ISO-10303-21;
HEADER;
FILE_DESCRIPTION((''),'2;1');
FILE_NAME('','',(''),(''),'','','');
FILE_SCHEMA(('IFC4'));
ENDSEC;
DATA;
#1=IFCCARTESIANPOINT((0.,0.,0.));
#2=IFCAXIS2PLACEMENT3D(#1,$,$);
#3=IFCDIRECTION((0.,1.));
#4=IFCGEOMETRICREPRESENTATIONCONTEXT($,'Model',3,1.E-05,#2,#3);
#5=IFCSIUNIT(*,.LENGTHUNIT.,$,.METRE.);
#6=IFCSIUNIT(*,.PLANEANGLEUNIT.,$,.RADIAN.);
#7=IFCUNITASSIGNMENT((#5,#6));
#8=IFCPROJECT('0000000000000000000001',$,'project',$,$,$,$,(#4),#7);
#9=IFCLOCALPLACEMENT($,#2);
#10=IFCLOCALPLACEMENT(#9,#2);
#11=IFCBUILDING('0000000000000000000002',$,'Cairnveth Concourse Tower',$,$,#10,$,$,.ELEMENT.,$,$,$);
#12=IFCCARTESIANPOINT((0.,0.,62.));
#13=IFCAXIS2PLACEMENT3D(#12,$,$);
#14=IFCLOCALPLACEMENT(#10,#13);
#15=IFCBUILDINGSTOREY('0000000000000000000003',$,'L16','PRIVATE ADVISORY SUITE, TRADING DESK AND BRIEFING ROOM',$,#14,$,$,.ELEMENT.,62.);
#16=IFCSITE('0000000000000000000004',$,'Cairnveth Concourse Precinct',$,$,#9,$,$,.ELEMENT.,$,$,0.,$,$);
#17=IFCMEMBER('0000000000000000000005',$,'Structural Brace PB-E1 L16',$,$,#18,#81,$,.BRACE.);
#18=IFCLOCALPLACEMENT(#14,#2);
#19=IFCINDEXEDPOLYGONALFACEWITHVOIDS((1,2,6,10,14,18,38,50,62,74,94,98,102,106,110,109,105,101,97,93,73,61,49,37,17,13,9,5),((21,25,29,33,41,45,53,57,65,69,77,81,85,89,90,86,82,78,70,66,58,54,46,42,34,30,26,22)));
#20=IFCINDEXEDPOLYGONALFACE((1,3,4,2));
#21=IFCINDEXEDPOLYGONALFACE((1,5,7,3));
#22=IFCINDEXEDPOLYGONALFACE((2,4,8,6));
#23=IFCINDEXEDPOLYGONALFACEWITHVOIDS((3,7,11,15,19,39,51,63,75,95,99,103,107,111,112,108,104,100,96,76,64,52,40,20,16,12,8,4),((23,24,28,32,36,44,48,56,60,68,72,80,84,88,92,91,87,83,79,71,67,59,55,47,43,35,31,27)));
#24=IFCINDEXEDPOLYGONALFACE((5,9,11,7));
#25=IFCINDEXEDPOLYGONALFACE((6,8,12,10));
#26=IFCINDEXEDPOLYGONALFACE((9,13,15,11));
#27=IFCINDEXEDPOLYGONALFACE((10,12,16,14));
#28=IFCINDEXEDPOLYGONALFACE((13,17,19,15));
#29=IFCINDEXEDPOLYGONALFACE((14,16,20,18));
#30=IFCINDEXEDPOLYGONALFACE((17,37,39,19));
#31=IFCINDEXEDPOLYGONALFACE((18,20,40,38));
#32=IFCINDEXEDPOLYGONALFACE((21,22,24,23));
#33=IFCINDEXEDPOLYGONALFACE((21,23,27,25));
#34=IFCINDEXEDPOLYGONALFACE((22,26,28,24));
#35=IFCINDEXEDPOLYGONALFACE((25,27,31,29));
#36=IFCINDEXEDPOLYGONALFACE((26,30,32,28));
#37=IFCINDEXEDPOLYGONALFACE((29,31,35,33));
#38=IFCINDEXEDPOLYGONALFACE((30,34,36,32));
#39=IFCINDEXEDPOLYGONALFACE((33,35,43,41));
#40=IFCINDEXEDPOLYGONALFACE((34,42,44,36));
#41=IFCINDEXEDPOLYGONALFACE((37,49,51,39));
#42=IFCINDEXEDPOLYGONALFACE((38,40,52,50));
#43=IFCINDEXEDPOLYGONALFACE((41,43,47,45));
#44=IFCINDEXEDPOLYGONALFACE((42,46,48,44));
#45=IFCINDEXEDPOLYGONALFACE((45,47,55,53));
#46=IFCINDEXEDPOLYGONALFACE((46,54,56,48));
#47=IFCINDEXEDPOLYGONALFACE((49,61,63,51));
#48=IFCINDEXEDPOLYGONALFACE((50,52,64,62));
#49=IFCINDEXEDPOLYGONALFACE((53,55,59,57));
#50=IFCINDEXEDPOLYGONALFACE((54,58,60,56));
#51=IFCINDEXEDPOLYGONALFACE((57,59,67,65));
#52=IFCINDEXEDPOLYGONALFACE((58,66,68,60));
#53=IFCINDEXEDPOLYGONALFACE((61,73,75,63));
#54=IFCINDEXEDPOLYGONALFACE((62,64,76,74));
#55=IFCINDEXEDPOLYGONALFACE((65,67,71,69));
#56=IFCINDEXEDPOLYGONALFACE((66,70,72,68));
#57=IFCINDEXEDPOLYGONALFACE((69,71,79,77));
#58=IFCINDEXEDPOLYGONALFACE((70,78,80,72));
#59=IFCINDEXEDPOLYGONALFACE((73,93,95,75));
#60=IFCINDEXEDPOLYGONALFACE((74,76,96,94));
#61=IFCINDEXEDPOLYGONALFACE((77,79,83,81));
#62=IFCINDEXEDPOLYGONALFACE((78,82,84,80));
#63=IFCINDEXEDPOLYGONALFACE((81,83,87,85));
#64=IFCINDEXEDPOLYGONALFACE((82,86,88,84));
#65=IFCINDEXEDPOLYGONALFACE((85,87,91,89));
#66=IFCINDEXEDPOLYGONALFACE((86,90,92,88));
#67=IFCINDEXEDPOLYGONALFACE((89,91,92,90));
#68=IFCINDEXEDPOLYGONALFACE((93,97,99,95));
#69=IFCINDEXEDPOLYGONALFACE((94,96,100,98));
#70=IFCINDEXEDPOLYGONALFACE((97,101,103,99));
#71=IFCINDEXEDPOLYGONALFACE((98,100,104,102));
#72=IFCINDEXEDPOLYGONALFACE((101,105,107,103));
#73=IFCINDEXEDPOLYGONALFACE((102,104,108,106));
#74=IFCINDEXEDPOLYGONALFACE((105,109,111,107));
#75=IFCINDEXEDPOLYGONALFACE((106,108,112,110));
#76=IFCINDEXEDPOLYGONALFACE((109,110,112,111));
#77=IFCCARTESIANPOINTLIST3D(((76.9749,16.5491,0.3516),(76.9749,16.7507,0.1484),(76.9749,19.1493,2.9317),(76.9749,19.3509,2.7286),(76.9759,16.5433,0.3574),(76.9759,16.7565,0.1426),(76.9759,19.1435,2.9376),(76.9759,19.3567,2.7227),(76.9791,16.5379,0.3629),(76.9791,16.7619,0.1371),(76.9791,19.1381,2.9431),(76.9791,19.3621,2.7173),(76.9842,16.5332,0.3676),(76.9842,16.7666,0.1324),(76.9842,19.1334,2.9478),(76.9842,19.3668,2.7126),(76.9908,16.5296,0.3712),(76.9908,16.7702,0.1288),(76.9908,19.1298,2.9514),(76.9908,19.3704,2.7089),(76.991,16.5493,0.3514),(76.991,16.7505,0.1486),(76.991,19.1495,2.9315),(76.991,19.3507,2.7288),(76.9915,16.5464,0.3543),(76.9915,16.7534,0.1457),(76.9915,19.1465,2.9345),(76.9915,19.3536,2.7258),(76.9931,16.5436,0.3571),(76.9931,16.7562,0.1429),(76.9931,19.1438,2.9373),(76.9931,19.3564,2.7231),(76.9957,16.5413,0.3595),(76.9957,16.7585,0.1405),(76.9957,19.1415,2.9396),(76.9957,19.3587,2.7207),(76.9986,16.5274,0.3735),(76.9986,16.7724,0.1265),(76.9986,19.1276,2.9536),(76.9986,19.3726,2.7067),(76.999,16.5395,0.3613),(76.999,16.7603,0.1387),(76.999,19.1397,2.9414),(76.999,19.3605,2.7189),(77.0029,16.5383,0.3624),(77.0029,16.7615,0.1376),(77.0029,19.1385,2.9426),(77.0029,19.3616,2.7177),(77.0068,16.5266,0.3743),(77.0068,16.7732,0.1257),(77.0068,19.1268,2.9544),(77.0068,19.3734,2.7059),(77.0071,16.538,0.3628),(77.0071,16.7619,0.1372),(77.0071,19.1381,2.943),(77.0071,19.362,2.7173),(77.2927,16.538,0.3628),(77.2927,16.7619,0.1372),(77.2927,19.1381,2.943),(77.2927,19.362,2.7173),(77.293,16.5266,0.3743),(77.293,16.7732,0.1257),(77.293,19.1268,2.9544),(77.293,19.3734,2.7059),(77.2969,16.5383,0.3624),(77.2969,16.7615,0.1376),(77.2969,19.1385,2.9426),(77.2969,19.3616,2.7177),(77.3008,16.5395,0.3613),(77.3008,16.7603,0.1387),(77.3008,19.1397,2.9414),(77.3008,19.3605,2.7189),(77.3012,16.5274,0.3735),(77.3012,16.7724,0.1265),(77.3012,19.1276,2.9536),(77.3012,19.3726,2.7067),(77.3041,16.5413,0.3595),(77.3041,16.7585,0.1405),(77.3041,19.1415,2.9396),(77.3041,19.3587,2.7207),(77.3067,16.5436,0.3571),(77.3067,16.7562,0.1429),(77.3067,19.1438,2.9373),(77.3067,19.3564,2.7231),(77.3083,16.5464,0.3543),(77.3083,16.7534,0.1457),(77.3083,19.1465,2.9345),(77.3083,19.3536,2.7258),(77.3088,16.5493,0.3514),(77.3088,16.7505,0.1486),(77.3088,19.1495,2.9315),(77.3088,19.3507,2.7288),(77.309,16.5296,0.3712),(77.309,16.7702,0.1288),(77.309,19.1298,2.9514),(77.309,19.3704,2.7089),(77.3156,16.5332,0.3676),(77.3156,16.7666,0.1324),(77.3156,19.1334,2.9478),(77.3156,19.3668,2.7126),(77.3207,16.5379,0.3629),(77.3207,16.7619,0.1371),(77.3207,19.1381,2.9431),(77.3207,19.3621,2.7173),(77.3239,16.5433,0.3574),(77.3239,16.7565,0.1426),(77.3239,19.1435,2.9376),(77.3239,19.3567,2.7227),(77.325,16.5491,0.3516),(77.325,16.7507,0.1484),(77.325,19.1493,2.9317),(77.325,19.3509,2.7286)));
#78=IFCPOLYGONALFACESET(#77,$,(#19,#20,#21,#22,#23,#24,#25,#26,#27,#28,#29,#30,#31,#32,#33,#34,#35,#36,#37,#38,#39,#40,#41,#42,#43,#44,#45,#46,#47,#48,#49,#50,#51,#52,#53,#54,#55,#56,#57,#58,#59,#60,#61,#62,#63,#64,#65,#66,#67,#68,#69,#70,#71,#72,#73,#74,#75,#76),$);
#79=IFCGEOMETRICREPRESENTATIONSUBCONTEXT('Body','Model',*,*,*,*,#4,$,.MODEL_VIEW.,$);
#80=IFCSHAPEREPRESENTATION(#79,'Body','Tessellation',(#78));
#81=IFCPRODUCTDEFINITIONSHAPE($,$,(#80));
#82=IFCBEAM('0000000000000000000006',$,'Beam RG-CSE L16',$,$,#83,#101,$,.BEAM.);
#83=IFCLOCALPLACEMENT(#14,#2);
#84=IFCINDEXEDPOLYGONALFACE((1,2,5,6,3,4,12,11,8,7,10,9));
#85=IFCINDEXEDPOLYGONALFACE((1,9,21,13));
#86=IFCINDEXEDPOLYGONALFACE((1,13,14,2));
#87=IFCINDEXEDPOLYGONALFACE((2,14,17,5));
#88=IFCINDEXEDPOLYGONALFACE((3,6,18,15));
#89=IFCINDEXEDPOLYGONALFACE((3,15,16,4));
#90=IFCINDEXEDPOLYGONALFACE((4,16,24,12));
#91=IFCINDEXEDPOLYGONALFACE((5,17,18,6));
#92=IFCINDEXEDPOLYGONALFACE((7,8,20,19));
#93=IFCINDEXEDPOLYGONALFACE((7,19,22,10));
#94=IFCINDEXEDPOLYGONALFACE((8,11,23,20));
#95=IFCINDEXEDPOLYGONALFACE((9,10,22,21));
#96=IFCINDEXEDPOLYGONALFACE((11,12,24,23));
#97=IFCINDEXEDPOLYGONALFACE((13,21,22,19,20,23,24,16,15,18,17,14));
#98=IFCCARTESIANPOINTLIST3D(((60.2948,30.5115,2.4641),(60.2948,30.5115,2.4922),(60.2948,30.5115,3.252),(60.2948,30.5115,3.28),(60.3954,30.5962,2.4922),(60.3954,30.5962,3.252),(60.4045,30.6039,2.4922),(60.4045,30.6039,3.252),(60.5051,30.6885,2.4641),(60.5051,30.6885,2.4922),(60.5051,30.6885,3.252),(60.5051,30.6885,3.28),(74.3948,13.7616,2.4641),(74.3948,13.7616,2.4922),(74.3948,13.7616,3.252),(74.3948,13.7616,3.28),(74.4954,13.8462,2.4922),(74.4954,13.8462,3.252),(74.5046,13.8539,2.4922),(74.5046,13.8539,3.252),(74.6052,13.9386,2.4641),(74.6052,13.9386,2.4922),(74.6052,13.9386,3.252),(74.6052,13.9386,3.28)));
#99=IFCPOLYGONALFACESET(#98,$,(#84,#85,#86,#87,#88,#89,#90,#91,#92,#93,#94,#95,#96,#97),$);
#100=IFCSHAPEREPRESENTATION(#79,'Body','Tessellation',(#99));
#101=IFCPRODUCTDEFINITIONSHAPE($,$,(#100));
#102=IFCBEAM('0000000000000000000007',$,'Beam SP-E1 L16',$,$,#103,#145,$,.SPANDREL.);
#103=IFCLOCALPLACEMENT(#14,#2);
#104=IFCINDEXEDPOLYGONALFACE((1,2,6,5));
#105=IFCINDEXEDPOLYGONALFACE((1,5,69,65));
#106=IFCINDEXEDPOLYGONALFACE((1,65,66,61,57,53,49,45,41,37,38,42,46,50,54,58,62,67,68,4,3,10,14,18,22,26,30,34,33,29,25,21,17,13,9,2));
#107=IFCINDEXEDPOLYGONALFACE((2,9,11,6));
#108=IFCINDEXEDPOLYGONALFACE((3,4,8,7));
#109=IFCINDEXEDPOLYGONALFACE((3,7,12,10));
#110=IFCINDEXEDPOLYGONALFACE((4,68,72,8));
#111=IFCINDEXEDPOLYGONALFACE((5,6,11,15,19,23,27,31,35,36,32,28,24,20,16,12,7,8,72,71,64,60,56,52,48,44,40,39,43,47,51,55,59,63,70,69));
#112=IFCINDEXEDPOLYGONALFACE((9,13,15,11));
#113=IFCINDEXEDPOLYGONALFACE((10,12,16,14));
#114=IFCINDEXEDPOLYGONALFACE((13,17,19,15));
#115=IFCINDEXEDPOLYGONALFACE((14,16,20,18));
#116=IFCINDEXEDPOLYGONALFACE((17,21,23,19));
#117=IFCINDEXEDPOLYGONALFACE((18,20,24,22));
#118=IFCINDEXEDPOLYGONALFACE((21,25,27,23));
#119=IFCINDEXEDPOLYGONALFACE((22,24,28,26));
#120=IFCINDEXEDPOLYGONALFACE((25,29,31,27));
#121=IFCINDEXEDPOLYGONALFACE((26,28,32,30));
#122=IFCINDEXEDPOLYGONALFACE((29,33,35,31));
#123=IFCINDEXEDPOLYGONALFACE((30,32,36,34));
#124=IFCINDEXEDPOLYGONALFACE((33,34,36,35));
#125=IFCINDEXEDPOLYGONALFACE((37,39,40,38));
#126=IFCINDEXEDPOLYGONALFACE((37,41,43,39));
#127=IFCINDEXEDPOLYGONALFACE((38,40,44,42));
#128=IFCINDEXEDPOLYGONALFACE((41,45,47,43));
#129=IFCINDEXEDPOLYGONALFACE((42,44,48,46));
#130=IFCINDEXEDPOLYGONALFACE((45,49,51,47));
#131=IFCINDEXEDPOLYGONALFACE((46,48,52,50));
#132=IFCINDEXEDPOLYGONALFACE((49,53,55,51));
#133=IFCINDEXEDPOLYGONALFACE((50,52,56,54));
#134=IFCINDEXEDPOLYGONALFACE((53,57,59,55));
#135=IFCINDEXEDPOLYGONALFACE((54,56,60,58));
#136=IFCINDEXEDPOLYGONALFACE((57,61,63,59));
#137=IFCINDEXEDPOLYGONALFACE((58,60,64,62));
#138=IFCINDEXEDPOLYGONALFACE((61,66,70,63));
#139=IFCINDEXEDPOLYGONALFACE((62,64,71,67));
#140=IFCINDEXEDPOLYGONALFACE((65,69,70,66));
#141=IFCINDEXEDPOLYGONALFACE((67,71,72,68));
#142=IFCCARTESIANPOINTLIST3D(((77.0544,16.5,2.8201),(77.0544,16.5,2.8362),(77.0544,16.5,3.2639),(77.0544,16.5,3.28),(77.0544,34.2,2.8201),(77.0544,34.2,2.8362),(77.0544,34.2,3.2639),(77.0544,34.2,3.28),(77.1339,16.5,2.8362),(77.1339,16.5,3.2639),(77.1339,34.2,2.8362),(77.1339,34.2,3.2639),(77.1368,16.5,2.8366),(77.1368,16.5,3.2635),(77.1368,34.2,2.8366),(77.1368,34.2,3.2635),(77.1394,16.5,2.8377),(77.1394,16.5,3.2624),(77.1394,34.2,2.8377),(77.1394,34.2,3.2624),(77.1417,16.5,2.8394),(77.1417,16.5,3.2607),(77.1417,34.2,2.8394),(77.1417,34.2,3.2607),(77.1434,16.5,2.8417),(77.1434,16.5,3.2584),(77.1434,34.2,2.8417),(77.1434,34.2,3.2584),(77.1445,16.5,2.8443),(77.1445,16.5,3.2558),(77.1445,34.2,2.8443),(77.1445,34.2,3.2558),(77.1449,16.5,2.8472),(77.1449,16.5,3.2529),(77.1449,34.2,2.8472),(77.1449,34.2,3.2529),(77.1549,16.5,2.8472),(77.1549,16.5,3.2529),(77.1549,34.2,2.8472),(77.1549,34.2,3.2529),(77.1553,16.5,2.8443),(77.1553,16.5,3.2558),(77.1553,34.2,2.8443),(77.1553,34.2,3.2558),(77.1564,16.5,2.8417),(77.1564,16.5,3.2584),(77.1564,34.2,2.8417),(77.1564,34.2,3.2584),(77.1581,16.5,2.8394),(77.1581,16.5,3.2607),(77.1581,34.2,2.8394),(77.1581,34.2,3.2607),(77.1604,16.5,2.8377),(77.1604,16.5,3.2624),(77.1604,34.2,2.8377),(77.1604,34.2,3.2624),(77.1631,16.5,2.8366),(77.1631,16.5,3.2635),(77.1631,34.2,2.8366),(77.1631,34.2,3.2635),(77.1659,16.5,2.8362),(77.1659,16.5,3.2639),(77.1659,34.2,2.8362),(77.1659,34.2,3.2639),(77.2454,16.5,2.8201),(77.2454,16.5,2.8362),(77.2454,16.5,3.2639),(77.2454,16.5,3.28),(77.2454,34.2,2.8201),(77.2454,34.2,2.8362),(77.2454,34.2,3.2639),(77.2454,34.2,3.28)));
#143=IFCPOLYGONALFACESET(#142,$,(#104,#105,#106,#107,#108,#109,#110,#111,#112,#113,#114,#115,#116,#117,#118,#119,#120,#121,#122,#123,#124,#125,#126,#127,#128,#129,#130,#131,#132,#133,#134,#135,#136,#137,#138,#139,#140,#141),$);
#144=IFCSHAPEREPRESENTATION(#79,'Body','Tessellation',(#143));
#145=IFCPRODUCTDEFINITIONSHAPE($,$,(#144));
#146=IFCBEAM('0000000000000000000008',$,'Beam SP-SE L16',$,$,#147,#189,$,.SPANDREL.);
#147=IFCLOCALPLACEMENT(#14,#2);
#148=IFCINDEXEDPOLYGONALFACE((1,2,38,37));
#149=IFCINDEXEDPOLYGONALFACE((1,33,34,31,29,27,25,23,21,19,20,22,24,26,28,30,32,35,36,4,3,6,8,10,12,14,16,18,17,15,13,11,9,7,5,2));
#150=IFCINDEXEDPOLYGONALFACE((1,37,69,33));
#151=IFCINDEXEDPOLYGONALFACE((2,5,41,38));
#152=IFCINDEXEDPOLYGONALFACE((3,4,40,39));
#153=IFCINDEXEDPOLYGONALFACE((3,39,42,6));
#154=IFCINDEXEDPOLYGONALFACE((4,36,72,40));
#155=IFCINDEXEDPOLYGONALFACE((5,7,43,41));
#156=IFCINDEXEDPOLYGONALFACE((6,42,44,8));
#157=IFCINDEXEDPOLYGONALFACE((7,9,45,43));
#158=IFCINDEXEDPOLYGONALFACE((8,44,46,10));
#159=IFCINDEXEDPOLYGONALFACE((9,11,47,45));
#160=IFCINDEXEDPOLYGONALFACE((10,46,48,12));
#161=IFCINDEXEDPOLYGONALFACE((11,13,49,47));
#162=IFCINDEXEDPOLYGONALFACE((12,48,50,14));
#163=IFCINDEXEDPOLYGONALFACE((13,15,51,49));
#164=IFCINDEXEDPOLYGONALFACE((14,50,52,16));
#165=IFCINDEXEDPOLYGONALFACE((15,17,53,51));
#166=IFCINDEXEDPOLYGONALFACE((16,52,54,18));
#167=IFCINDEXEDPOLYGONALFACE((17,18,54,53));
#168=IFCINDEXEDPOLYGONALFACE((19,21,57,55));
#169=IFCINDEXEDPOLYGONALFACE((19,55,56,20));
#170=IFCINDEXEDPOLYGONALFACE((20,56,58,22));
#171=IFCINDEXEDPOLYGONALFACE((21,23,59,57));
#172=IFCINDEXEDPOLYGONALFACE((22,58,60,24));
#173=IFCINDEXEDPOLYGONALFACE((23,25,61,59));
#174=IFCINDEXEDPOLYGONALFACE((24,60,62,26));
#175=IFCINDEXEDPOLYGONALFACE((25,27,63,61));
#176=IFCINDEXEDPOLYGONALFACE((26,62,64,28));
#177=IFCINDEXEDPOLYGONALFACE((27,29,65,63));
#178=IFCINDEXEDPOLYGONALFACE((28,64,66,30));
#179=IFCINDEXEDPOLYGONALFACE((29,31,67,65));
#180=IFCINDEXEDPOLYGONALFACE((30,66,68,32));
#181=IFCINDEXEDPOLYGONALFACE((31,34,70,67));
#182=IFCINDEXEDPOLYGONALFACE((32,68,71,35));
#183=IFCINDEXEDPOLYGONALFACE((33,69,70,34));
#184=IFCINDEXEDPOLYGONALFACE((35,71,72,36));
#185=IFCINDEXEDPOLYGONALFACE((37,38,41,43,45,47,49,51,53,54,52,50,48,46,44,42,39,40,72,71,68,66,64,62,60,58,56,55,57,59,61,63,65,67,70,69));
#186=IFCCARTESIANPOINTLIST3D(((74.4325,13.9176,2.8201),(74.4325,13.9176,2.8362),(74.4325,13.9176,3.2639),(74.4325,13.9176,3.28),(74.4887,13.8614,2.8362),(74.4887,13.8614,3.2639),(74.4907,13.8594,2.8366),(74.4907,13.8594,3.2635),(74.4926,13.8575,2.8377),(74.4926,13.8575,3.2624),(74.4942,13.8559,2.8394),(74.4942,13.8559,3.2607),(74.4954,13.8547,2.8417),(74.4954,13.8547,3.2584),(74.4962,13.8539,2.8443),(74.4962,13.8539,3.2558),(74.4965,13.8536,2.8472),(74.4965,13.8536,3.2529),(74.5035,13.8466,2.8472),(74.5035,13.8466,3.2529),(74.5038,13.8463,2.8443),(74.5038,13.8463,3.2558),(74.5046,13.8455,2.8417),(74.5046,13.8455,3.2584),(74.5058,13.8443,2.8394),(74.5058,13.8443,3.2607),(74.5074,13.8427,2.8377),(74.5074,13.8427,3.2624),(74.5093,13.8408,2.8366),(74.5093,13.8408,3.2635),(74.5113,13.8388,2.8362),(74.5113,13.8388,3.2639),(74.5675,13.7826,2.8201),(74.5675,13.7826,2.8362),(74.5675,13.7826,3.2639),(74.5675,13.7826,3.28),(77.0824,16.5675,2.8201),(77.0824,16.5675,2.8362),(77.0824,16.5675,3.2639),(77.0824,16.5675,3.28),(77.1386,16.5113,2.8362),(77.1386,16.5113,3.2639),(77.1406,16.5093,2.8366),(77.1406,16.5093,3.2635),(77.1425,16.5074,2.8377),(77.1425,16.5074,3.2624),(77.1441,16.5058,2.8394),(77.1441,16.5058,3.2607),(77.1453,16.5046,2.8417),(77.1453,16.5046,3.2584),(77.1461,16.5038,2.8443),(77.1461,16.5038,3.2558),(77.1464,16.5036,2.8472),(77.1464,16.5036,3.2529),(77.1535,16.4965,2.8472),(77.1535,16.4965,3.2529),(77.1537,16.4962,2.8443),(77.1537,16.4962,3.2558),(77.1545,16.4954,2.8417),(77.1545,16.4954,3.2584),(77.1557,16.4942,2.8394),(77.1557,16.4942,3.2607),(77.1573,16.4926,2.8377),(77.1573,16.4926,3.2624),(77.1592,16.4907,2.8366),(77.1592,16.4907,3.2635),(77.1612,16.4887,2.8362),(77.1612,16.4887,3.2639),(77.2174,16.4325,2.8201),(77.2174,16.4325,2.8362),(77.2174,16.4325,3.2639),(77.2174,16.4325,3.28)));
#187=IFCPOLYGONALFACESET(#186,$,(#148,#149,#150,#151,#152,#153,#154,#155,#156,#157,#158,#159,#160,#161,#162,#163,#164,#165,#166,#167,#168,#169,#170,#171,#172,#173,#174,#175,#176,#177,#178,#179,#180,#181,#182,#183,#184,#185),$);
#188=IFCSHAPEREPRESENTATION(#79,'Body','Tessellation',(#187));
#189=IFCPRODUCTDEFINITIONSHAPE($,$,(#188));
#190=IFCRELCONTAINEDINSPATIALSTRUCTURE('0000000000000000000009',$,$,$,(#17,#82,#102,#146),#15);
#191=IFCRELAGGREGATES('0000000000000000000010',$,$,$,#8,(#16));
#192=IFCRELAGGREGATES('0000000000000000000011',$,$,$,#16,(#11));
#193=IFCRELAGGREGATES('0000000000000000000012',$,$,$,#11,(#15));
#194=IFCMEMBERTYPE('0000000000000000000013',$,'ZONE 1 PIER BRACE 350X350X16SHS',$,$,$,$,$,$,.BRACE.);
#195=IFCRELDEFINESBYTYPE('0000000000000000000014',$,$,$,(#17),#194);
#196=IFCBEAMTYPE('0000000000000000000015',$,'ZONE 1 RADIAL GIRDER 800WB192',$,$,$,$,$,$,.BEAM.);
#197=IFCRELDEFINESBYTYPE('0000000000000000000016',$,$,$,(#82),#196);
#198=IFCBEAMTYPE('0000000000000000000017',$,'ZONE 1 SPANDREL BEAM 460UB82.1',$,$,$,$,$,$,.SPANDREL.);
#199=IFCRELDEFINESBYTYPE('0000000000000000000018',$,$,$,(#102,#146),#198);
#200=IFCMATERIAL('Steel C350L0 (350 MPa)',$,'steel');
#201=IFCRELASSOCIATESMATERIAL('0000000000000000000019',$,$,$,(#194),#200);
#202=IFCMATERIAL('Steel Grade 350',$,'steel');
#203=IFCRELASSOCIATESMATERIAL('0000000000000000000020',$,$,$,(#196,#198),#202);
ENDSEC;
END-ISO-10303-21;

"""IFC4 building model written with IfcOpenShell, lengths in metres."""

from ifc_helpers import new_model, si_unit, direction, frame, origin, origin_2d, place, context, subcontext, project, spatial, hollow_rectangle, i_section, extrude, material, material_profile, profile_set, type_object, element, save


model = new_model("IFC4")

# Units and contexts
model_context = context("Model", 3, precision=1e-05, world=origin(), true_north=direction((0.0, 1.0)))
body_context = subcontext(model_context, "Body", "Model", "MODEL_VIEW")
ifc_project = project(units=[si_unit("LENGTHUNIT", "METRE"), si_unit("PLANEANGLEUNIT", "RADIAN")], contexts=[model_context])

# Site, building, storey
site_placement = place(None, origin())
site = spatial("IfcSite", under=ifc_project, at=site_placement, Name="Cairnveth Concourse Precinct", CompositionType="ELEMENT", RefElevation=0.0)
building_placement = place(site_placement, origin())
building = spatial("IfcBuilding", under=site, at=building_placement, Name="Cairnveth Concourse Tower", CompositionType="ELEMENT")
storey_placement = place(building_placement, frame((0.0, 0.0, 62.0)))
storey = spatial("IfcBuildingStorey", under=building, at=storey_placement, Name="L16", Description="PRIVATE ADVISORY SUITE, TRADING DESK AND BRIEFING ROOM", CompositionType="ELEMENT", Elevation=62.0)

# Shared definitions
ifc_material_1 = material(Name="Steel Grade 350", Category="steel")

# Member
ifc_material_2 = material(Name="Steel C350L0 (350 MPa)", Category="steel")
ifc_material_profile_1 = material_profile(ifc_material_2, hollow_rectangle(XDim=0.3501, YDim=0.3501, WallThickness=0.0161, InnerFilletRadius=0.0161, OuterFilletRadius=0.032, at=origin_2d()), Name="350x350x16.0SHS")
ifc_profile_set_1 = profile_set([ifc_material_profile_1], Name="Steel C350L0 (350 MPa)")
member_type = type_object("IfcMemberType", Name="ZONE 1 PIER BRACE 350X350X16SHS", PredefinedType="BRACE", material=ifc_profile_set_1)
for number, where, z_axis, x_axis, name in (
    (1, (77.1499, 16.6499, 0.25), (0.0, 0.709834, 0.704369), (-1.0, 0.0, 0.0), "Structural Brace PB-E1 L16"),
):
    element("IfcMember", number, at=place(storey_placement, frame(where, z_axis=z_axis, x_axis=x_axis)), inside=storey, type_object=member_type, Name=name, PredefinedType="BRACE", context=body_context, shape_type="SweptSolid", body=[
        extrude(hollow_rectangle(XDim=0.3501, YDim=0.3501, WallThickness=0.0161, InnerFilletRadius=0.0161, OuterFilletRadius=0.032, at=origin_2d()), origin(), (0.0, 0.0, 1.0), 3.6631),
    ])

# Beams
ifc_material_profile_2 = material_profile(ifc_material_1, i_section(OverallWidth=0.2749, OverallDepth=0.8159, WebThickness=0.012, FlangeThickness=0.0281, at=origin_2d()), Name="800WB192")
ifc_profile_set_2 = profile_set([ifc_material_profile_2], Name="Steel Grade 350")
beam_type_1 = type_object("IfcBeamType", Name="ZONE 1 RADIAL GIRDER 800WB192", PredefinedType="BEAM", material=ifc_profile_set_2)
beam_1_placement = place(storey_placement, frame((74.5, 13.8501, 2.8721), z_axis=(-0.643998, 0.765027, 0.0), x_axis=(-0.765027, -0.643998, 0.0)))
element("IfcBeam", 2, at=beam_1_placement, inside=storey, type_object=beam_type_1, Name="Beam RG-CSE L16", PredefinedType="BEAM", context=body_context, shape_type="SweptSolid", body=[
    extrude(i_section(OverallWidth=0.2749, OverallDepth=0.8159, WebThickness=0.012, FlangeThickness=0.0281, at=origin_2d()), origin(), (0.0, 0.0, 1.0), 21.8945),
])
ifc_material_profile_3 = material_profile(ifc_material_1, i_section(OverallWidth=0.1909, OverallDepth=0.46, WebThickness=0.01, FlangeThickness=0.0161, FilletRadius=0.011, at=origin_2d()), Name="460UB82.1")
ifc_profile_set_3 = profile_set([ifc_material_profile_3], Name="Steel Grade 350")
beam_type_2 = type_object("IfcBeamType", Name="ZONE 1 SPANDREL BEAM 460UB82.1", PredefinedType="SPANDREL", material=ifc_profile_set_3)
beam_2_placement = place(storey_placement, frame((77.1499, 16.5, 3.05), z_axis=(0.0, 1.0, 0.0), x_axis=(-1.0, 0.0, 0.0)))
element("IfcBeam", 3, at=beam_2_placement, inside=storey, type_object=beam_type_2, Name="Beam SP-E1 L16", PredefinedType="SPANDREL", context=body_context, shape_type="SweptSolid", body=[
    extrude(i_section(OverallWidth=0.1909, OverallDepth=0.46, WebThickness=0.01, FlangeThickness=0.0161, FilletRadius=0.011, at=origin_2d()), origin(), (0.0, 0.0, 1.0), 17.7),
])
beam_3_placement = place(storey_placement, frame((74.5, 13.8501, 3.05), z_axis=(0.707107, 0.707107, 0.0), x_axis=(-0.707107, 0.707107, 0.0)))
element("IfcBeam", 4, at=beam_3_placement, inside=storey, type_object=beam_type_2, Name="Beam SP-SE L16", PredefinedType="SPANDREL", context=body_context, shape_type="SweptSolid", body=[
    extrude(i_section(OverallWidth=0.1909, OverallDepth=0.46, WebThickness=0.01, FlangeThickness=0.0161, FilletRadius=0.011, at=origin_2d()), origin(), (0.0, 0.0, 1.0), 3.7476),
])

save(model, "model.ifc")
